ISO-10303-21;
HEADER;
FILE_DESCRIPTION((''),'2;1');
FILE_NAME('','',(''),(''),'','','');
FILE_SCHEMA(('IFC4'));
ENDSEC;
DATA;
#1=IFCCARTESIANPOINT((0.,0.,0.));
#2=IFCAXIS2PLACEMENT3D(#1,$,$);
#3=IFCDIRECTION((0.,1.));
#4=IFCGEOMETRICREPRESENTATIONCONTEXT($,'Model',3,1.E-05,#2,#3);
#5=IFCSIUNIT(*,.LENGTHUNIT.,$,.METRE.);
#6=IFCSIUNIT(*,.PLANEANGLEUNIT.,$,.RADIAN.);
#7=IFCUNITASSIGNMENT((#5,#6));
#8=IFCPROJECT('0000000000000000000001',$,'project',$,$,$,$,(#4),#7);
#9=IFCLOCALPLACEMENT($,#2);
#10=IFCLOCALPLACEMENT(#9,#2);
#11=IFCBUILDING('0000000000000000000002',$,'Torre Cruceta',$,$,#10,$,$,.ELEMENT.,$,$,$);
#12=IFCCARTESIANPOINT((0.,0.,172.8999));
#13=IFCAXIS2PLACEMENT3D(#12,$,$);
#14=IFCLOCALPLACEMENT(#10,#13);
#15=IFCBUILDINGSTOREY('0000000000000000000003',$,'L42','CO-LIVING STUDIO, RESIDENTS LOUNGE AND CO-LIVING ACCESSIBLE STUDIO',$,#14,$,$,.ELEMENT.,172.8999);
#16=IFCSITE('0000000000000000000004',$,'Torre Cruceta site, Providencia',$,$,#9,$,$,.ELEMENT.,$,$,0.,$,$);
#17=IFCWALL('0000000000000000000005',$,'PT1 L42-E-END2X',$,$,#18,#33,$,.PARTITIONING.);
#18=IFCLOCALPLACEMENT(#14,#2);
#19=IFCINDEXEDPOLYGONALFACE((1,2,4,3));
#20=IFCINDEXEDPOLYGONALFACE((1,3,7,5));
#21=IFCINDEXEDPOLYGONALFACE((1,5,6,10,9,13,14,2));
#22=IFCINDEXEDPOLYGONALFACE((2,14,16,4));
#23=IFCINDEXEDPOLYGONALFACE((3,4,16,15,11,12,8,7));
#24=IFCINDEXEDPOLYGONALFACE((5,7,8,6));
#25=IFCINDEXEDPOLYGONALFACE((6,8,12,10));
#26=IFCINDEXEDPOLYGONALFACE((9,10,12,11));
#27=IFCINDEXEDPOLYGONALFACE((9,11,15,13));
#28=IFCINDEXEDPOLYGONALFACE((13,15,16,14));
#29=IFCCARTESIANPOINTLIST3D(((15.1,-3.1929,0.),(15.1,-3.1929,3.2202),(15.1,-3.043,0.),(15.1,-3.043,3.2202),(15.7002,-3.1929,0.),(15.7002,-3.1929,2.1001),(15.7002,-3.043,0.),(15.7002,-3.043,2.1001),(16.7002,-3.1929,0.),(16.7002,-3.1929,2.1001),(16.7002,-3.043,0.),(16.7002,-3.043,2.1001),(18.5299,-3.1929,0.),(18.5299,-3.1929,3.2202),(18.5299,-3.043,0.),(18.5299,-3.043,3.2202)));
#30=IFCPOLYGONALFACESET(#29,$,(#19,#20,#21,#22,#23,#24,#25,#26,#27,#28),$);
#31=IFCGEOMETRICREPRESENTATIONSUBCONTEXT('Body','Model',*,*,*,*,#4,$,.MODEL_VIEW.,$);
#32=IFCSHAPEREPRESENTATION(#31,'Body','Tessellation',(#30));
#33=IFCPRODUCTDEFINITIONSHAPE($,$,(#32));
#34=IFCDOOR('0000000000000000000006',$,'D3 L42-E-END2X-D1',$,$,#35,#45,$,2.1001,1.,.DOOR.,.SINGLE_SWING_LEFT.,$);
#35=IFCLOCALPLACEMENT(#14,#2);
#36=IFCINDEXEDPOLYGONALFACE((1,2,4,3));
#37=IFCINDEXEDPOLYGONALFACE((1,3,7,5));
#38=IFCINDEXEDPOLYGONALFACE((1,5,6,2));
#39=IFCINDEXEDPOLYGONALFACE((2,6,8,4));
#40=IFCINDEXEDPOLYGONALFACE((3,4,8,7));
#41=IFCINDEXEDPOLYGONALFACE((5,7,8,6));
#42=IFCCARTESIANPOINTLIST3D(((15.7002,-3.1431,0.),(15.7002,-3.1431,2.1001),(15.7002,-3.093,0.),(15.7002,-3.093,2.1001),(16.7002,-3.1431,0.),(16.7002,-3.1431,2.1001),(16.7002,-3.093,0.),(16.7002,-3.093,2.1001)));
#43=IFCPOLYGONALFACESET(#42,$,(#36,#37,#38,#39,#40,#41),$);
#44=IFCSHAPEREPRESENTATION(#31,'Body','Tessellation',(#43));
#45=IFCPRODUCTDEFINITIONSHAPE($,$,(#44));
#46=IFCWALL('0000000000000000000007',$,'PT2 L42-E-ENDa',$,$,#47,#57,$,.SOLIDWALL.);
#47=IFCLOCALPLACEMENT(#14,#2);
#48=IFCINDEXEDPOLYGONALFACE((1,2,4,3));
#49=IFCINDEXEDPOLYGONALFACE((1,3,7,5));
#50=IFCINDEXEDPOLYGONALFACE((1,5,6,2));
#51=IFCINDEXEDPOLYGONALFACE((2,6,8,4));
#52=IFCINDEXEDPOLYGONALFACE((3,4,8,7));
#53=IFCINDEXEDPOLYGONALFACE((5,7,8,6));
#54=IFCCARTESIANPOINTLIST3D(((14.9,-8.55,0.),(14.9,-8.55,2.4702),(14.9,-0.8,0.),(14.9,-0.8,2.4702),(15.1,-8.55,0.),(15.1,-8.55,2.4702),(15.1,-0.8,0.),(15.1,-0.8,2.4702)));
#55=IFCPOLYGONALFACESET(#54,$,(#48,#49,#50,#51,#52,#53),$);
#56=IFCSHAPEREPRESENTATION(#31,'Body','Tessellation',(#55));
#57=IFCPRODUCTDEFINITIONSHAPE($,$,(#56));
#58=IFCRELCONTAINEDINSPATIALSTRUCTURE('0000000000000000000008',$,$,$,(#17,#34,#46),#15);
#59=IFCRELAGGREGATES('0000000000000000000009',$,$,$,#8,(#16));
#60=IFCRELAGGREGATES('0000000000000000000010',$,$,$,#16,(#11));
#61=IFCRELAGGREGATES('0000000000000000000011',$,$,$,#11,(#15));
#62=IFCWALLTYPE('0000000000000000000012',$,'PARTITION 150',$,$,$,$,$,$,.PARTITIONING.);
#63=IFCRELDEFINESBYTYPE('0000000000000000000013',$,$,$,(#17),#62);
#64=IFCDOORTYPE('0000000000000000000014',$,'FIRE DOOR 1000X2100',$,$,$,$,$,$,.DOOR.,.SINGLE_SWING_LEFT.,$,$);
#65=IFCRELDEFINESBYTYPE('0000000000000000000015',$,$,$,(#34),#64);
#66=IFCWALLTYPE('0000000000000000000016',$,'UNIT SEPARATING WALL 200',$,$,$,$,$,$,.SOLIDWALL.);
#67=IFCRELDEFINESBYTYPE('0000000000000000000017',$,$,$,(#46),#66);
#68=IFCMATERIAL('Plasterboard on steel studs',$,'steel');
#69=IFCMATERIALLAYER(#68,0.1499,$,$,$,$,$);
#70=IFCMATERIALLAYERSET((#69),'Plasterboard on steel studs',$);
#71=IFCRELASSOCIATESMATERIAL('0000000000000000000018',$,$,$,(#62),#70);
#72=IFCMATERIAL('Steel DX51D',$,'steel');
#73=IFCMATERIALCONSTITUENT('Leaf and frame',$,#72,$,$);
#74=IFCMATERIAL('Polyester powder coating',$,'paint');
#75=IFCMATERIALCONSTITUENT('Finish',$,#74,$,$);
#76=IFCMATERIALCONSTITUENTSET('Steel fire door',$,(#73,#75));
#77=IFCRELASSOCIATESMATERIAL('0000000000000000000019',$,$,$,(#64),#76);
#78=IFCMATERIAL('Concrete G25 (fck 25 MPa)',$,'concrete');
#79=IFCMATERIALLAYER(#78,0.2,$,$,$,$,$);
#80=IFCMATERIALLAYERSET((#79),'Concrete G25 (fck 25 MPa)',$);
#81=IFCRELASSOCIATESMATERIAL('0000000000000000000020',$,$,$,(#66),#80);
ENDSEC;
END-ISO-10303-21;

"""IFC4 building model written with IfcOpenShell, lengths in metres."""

from ifc_helpers import new_model, si_unit, direction, frame, frame_2d, origin, place, context, subcontext, project, spatial, rectangle, extrude, material, layer, layer_set, constituent, constituent_set, type_object, element, fill, save


model = new_model("IFC4")

# Units and contexts
model_context = context("Model", 3, precision=1e-05, world=origin(), true_north=direction((0.0, 1.0)))
body_context = subcontext(model_context, "Body", "Model", "MODEL_VIEW")
ifc_project = project(units=[si_unit("LENGTHUNIT", "METRE"), si_unit("PLANEANGLEUNIT", "RADIAN")], contexts=[model_context])

# Site, building, storey
site_placement = place(None, origin())
site = spatial("IfcSite", under=ifc_project, at=site_placement, Name="Torre Cruceta site, Providencia", CompositionType="ELEMENT", RefElevation=0.0)
building_placement = place(site_placement, origin())
building = spatial("IfcBuilding", under=site, at=building_placement, Name="Torre Cruceta", CompositionType="ELEMENT")
storey_placement = place(building_placement, frame((0.0, 0.0, 172.8999)))
storey = spatial("IfcBuildingStorey", under=building, at=storey_placement, Name="L42", Description="CO-LIVING STUDIO, RESIDENTS LOUNGE AND CO-LIVING ACCESSIBLE STUDIO", CompositionType="ELEMENT", Elevation=172.8999)

# Wall, opening, door
ifc_material_1 = material(Name="Plasterboard on steel studs", Category="steel")
ifc_layer_1 = layer(ifc_material_1, 0.1499)
ifc_layer_set_1 = layer_set([ifc_layer_1], Name="Plasterboard on steel studs")
wall_type_1 = type_object("IfcWallType", Name="PARTITION 150", PredefinedType="PARTITIONING", material=ifc_layer_set_1)
wall_1_placement = place(storey_placement, frame((15.1001, -3.1179, 0.0), z_axis=(0.0, 0.0, 1.0), x_axis=(1.0, 0.0, 0.0)))
wall_1 = element("IfcWall", 1, at=wall_1_placement, inside=storey, type_object=wall_type_1, Name="PT1 L42-E-END2X", PredefinedType="PARTITIONING", context=body_context, shape_type="SweptSolid", body=[
    extrude(rectangle(XDim=3.4299, YDim=0.1499, at=frame_2d((1.7148, 0.0))), origin(), (0.0, 0.0, 1.0), 3.2202),
])
opening_1_placement = place(wall_1_placement, frame((0.6001, 0.0, 0.0)))
opening_1 = element("IfcOpeningElement", 2, at=opening_1_placement, cuts=wall_1, PredefinedType="OPENING", context=body_context, shape_type="SweptSolid", body=[
    extrude(rectangle(XDim=1.0, YDim=2.1001, at=frame_2d((0.5, 1.05))), frame((0.0, 0.085, 0.0), z_axis=(0.0, -1.0, 0.0), x_axis=(1.0, 0.0, 0.0)), (0.0, 0.0, 1.0), 0.1699),
])
ifc_material_2 = material(Name="Steel DX51D", Category="steel")
ifc_constituent_1 = constituent(ifc_material_2, Name="Leaf and frame")
ifc_material_3 = material(Name="Polyester powder coating", Category="paint")
ifc_constituent_2 = constituent(ifc_material_3, Name="Finish")
ifc_constituent_set_1 = constituent_set(constituents=[ifc_constituent_1, ifc_constituent_2], Name="Steel fire door")
door_type_1 = type_object("IfcDoorType", Name="FIRE DOOR 1000X2100", OperationType="SINGLE_SWING_LEFT", PredefinedType="DOOR", material=ifc_constituent_set_1)
door_1_placement = place(opening_1_placement, origin())
door_1 = element("IfcDoor", 3, at=door_1_placement, inside=storey, type_object=door_type_1, Name="D3 L42-E-END2X-D1", OperationType="SINGLE_SWING_LEFT", OverallHeight=2.1001, OverallWidth=1.0, PredefinedType="DOOR", context=body_context, shape_type="SweptSolid", body=[
    extrude(rectangle(XDim=1.0, YDim=2.1001, at=frame_2d((0.5, 1.05))), frame((0.0, 0.0249, 0.0), z_axis=(0.0, -1.0, 0.0), x_axis=(1.0, 0.0, 0.0)), (0.0, 0.0, 1.0), 0.05),
])
fill(opening_1, door_1)

# Wall
ifc_material_4 = material(Name="Concrete G25 (fck 25 MPa)", Category="concrete")
ifc_layer_2 = layer(ifc_material_4, 0.2)
ifc_layer_set_2 = layer_set([ifc_layer_2], Name="Concrete G25 (fck 25 MPa)")
wall_type_2 = type_object("IfcWallType", Name="UNIT SEPARATING WALL 200", PredefinedType="SOLIDWALL", material=ifc_layer_set_2)
wall_2_placement = place(storey_placement, frame((15.0, -8.55, 0.0), z_axis=(0.0, 0.0, 1.0), x_axis=(0.0, 1.0, 0.0)))
element("IfcWall", 4, at=wall_2_placement, inside=storey, type_object=wall_type_2, Name="PT2 L42-E-ENDa", PredefinedType="SOLIDWALL", context=body_context, shape_type="SweptSolid", body=[
    extrude(rectangle(XDim=7.75, YDim=0.2, at=frame_2d((3.875, 0.0))), origin(), (0.0, 0.0, 1.0), 2.4702),
])

save(model, "model.ifc")
